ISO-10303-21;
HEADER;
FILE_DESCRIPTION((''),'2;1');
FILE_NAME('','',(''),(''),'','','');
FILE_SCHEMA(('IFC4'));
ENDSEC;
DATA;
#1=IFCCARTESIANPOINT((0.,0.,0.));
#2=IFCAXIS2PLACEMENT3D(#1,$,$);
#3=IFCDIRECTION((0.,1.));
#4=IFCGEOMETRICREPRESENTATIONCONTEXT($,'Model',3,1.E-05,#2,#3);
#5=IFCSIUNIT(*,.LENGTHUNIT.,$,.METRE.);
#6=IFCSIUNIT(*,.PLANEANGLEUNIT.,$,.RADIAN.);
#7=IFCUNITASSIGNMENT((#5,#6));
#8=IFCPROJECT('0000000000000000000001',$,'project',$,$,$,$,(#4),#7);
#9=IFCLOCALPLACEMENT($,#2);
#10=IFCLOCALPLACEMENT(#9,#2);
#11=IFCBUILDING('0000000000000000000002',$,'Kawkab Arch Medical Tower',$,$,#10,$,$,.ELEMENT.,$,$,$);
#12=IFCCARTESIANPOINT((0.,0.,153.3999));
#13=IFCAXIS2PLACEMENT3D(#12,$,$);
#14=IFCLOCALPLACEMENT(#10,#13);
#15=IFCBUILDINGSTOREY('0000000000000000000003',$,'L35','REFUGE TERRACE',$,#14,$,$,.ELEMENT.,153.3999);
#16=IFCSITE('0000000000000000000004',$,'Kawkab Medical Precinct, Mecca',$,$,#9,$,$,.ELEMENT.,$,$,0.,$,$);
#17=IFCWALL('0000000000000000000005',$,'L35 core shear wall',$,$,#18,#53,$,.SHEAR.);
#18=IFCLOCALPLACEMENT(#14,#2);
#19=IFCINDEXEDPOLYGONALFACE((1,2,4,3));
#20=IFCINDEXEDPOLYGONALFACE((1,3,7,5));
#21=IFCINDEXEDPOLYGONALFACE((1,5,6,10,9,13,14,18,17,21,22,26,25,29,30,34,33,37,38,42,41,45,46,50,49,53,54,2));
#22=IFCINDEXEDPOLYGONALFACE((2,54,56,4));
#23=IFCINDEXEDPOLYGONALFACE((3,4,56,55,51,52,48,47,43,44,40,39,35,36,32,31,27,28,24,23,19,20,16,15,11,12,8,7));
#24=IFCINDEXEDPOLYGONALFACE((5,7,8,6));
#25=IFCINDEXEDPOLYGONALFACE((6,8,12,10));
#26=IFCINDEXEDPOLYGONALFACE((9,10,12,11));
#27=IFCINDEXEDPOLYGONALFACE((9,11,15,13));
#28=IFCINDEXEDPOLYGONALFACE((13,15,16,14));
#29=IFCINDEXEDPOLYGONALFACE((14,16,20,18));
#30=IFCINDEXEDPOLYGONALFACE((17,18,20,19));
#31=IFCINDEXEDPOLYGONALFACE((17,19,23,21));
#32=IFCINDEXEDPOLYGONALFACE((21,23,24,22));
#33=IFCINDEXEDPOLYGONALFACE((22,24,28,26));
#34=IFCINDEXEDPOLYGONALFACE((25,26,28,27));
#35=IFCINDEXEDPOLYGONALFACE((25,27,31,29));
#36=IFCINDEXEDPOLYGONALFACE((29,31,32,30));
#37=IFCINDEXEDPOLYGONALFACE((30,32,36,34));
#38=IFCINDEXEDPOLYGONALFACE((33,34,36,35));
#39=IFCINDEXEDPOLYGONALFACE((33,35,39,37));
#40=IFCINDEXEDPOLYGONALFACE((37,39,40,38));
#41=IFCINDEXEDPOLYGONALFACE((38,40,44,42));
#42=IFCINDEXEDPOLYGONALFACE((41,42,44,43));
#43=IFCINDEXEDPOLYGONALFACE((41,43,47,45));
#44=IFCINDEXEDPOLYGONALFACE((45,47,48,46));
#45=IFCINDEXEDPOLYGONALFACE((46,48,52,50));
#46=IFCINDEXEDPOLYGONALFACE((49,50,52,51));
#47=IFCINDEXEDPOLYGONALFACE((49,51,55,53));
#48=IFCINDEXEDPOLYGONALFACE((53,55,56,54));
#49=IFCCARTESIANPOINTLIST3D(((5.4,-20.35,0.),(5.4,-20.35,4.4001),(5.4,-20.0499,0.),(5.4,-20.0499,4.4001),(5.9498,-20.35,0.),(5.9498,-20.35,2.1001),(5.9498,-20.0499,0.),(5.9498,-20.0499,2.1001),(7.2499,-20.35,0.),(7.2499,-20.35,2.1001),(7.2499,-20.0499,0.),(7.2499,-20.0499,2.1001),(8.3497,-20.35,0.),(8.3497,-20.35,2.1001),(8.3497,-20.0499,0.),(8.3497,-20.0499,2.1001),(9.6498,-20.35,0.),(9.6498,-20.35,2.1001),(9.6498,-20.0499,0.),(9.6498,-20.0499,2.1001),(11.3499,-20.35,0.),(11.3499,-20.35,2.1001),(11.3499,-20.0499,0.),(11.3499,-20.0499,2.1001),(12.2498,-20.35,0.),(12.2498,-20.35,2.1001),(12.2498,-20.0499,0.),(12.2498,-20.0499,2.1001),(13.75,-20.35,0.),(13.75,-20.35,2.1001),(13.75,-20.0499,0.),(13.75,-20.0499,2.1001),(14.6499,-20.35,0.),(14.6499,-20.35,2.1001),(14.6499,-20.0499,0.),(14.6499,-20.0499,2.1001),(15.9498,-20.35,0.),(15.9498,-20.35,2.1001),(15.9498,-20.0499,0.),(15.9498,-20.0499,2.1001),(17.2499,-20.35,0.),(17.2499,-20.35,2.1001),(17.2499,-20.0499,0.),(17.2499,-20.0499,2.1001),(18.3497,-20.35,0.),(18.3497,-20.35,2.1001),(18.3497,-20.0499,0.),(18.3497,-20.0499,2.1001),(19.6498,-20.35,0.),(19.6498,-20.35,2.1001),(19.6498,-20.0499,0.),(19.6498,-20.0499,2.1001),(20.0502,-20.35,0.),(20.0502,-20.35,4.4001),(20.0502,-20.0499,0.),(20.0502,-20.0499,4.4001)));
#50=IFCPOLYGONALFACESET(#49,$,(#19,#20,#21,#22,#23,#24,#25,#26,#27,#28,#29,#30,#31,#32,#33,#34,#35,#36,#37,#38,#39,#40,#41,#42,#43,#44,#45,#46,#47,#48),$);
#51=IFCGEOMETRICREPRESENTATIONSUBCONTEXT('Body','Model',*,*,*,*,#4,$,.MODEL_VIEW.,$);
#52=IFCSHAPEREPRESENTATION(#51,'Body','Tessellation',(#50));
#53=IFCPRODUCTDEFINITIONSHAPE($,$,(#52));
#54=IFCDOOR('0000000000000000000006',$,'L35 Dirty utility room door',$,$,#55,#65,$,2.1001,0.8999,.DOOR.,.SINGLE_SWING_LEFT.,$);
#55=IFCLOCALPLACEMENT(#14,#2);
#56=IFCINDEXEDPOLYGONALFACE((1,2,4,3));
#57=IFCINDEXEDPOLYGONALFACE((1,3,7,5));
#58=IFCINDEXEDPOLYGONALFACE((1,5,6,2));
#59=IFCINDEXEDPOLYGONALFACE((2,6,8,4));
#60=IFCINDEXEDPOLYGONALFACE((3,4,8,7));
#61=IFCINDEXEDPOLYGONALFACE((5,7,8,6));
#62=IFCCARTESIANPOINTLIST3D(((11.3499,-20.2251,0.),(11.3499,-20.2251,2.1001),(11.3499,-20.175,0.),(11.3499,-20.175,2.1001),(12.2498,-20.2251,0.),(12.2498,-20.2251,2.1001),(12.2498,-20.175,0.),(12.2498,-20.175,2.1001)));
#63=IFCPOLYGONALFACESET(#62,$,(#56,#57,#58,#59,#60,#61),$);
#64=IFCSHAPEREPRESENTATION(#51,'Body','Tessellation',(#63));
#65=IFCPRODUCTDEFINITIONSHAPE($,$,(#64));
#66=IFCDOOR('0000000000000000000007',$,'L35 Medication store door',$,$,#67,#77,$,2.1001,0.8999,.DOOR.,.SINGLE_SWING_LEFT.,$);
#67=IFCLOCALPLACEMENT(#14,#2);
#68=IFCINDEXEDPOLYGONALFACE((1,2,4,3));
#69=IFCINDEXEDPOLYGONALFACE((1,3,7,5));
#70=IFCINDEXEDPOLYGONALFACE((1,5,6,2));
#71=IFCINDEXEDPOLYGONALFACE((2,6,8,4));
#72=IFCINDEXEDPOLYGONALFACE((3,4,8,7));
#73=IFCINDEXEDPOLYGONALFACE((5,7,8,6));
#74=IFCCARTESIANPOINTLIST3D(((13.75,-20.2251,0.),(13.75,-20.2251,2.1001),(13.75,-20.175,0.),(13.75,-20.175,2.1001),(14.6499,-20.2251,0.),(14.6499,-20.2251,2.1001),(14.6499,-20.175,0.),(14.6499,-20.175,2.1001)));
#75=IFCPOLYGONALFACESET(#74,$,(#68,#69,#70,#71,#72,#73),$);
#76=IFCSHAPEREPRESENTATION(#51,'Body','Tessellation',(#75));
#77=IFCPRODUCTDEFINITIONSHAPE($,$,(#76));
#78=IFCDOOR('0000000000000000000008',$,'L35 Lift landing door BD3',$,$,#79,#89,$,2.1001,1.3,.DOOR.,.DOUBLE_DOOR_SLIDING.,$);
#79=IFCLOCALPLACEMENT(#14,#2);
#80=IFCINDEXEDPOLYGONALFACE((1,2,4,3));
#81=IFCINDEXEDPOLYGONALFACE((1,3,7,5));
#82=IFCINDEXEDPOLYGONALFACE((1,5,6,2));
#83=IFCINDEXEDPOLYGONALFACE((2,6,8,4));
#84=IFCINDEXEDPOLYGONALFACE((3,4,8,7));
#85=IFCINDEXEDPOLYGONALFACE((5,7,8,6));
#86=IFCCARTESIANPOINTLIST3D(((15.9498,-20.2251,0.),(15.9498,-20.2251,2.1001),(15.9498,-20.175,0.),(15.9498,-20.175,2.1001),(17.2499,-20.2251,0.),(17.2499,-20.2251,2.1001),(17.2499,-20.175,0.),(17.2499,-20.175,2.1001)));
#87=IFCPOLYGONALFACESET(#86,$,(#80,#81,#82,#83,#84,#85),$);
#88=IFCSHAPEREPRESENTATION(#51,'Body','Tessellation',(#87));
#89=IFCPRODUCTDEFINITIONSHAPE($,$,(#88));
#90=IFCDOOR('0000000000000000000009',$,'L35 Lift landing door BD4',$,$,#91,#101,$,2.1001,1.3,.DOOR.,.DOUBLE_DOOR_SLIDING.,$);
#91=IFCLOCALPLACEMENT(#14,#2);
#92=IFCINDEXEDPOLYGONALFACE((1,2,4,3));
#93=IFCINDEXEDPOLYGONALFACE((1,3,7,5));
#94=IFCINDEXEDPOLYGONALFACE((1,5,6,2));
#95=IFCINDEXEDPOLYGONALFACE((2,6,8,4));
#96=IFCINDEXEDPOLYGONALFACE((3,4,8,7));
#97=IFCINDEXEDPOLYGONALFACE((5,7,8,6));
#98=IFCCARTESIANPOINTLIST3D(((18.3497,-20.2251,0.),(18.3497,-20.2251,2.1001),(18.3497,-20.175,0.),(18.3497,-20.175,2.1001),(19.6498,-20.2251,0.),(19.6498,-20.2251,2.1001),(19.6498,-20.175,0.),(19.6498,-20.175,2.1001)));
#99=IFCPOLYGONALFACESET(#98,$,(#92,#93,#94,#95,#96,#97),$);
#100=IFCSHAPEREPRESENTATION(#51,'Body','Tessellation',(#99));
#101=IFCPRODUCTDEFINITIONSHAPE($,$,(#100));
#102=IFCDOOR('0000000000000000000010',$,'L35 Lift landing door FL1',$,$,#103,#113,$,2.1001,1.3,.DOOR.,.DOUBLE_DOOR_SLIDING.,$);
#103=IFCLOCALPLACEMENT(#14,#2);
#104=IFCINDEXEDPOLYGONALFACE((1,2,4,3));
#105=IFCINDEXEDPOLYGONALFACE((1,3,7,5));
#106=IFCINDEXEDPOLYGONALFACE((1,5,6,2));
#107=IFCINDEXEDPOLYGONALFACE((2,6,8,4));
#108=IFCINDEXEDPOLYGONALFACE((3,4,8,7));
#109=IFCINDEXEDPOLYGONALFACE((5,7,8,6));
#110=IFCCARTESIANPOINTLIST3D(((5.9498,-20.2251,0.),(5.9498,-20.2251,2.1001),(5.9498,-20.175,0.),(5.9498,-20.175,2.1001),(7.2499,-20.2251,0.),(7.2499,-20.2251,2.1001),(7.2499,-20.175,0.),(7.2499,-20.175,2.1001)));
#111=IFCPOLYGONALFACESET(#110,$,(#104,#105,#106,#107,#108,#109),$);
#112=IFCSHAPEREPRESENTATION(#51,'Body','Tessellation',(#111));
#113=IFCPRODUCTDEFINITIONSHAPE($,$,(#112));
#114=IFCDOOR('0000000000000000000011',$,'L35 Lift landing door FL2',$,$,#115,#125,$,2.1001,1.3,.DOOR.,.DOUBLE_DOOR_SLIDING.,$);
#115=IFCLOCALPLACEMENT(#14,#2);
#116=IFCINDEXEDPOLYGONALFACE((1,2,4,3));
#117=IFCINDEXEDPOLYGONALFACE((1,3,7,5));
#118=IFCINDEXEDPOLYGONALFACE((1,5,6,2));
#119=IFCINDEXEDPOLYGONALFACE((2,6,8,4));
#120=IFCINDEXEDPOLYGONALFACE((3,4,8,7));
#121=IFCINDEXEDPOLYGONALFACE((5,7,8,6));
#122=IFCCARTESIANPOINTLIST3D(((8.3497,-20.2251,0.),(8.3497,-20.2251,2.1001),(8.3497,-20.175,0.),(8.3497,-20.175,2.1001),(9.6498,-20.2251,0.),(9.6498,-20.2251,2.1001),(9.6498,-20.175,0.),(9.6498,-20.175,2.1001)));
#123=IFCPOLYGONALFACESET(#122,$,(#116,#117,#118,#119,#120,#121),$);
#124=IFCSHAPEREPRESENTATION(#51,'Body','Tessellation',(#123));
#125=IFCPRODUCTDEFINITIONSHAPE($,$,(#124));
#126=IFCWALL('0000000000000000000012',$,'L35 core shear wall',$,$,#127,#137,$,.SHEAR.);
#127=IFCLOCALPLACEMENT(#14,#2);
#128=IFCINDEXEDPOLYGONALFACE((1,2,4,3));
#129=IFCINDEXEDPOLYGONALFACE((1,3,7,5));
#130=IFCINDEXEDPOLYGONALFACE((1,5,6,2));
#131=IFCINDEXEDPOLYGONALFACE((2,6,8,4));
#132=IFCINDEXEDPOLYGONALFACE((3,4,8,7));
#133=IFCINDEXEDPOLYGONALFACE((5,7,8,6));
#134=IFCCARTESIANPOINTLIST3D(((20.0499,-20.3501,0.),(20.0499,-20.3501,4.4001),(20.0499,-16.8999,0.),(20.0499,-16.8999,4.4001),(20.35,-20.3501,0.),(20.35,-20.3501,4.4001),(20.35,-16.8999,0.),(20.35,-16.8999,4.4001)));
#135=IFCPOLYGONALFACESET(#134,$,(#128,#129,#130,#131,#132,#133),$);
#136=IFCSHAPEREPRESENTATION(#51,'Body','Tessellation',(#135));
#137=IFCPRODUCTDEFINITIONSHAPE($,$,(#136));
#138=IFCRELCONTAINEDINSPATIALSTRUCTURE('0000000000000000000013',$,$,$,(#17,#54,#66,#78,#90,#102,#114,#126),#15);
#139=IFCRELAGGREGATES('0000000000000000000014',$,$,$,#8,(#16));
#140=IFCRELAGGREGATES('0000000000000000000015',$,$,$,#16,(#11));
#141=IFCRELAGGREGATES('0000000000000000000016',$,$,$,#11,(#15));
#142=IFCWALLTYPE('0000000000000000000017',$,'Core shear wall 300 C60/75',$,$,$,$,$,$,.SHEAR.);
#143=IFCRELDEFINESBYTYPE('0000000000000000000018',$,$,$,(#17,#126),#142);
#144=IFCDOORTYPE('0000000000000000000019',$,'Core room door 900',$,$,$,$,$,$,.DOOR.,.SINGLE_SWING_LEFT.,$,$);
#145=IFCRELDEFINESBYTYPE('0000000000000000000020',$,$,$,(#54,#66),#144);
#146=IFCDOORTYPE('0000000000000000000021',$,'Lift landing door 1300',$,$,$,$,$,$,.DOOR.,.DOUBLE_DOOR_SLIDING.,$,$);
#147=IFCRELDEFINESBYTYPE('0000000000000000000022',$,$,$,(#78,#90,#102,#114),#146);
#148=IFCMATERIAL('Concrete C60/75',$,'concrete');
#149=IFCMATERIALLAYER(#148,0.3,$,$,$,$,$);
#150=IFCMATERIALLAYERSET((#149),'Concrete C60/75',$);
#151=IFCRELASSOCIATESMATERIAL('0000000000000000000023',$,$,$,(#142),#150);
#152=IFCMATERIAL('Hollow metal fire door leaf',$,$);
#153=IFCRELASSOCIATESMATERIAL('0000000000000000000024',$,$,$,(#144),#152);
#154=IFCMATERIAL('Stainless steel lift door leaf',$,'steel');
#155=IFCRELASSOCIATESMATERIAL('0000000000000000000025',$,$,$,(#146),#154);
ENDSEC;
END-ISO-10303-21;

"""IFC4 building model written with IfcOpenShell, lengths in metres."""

from ifc_helpers import new_model, si_unit, direction, frame, frame_2d, origin, place, context, subcontext, project, spatial, rectangle, extrude, material, layer, layer_set, type_object, element, fill, save


model = new_model("IFC4")

# Units and contexts
model_context = context("Model", 3, precision=1e-05, world=origin(), true_north=direction((0.0, 1.0)))
body_context = subcontext(model_context, "Body", "Model", "MODEL_VIEW")
ifc_project = project(units=[si_unit("LENGTHUNIT", "METRE"), si_unit("PLANEANGLEUNIT", "RADIAN")], contexts=[model_context])

# Site, building, storey
site_placement = place(None, origin())
site = spatial("IfcSite", under=ifc_project, at=site_placement, Name="Kawkab Medical Precinct, Mecca", CompositionType="ELEMENT", RefElevation=0.0)
building_placement = place(site_placement, origin())
building = spatial("IfcBuilding", under=site, at=building_placement, Name="Kawkab Arch Medical Tower", CompositionType="ELEMENT")
storey_placement = place(building_placement, frame((0.0, 0.0, 153.3999)))
storey = spatial("IfcBuildingStorey", under=building, at=storey_placement, Name="L35", Description="REFUGE TERRACE", CompositionType="ELEMENT", Elevation=153.3999)

# Shared definitions
ifc_material_1 = material(Name="Concrete C60/75", Category="concrete")
ifc_layer_1 = layer(ifc_material_1, 0.3)
ifc_layer_set_1 = layer_set([ifc_layer_1], Name="Concrete C60/75")
wall_type_1 = type_object("IfcWallType", Name="Core shear wall 300 C60/75", PredefinedType="SHEAR", material=ifc_layer_set_1)

# Wall, openings, doors
wall_1_placement = place(storey_placement, frame((5.3999, -20.2, 0.0), z_axis=(0.0, 0.0, 1.0), x_axis=(1.0, 0.0, 0.0)))
wall_1 = element("IfcWall", 1, at=wall_1_placement, inside=storey, type_object=wall_type_1, Name="L35 core shear wall", PredefinedType="SHEAR", context=body_context, shape_type="SweptSolid", body=[
    extrude(rectangle(XDim=14.6501, YDim=0.3, at=frame_2d((7.3252, 0.0))), origin(), (0.0, 0.0, 1.0), 4.4001),
])
opening_1_placement = place(wall_1_placement, frame((10.55, 0.0, 0.0)))
opening_1 = element("IfcOpeningElement", 2, at=opening_1_placement, cuts=wall_1, PredefinedType="OPENING", context=body_context, shape_type="SweptSolid", body=[
    extrude(rectangle(XDim=1.3, YDim=2.1001, at=frame_2d((0.6499, 1.05))), frame((0.0, 0.1599, 0.0), z_axis=(0.0, -1.0, 0.0), x_axis=(1.0, 0.0, 0.0)), (0.0, 0.0, 1.0), 0.3201),
])
opening_2_placement = place(wall_1_placement, frame((12.95, 0.0, 0.0)))
opening_2 = element("IfcOpeningElement", 3, at=opening_2_placement, cuts=wall_1, PredefinedType="OPENING", context=body_context, shape_type="SweptSolid", body=[
    extrude(rectangle(XDim=1.3, YDim=2.1001, at=frame_2d((0.6499, 1.05))), frame((0.0, 0.1599, 0.0), z_axis=(0.0, -1.0, 0.0), x_axis=(1.0, 0.0, 0.0)), (0.0, 0.0, 1.0), 0.3201),
])
opening_3_placement = place(wall_1_placement, frame((0.55, 0.0, 0.0)))
opening_3 = element("IfcOpeningElement", 4, at=opening_3_placement, cuts=wall_1, PredefinedType="OPENING", context=body_context, shape_type="SweptSolid", body=[
    extrude(rectangle(XDim=1.3, YDim=2.1001, at=frame_2d((0.6499, 1.05))), frame((0.0, 0.1599, 0.0), z_axis=(0.0, -1.0, 0.0), x_axis=(1.0, 0.0, 0.0)), (0.0, 0.0, 1.0), 0.3201),
])
opening_4_placement = place(wall_1_placement, frame((2.95, 0.0, 0.0)))
opening_4 = element("IfcOpeningElement", 5, at=opening_4_placement, cuts=wall_1, PredefinedType="OPENING", context=body_context, shape_type="SweptSolid", body=[
    extrude(rectangle(XDim=1.3, YDim=2.1001, at=frame_2d((0.6499, 1.05))), frame((0.0, 0.1599, 0.0), z_axis=(0.0, -1.0, 0.0), x_axis=(1.0, 0.0, 0.0)), (0.0, 0.0, 1.0), 0.3201),
])
opening_5_placement = place(wall_1_placement, frame((5.95, 0.0, 0.0)))
opening_5 = element("IfcOpeningElement", 6, at=opening_5_placement, cuts=wall_1, PredefinedType="OPENING", context=body_context, shape_type="SweptSolid", body=[
    extrude(rectangle(XDim=0.8999, YDim=2.1001, at=frame_2d((0.45, 1.05))), frame((0.0, 0.1599, 0.0), z_axis=(0.0, -1.0, 0.0), x_axis=(1.0, 0.0, 0.0)), (0.0, 0.0, 1.0), 0.3201),
])
opening_6_placement = place(wall_1_placement, frame((8.3501, 0.0, 0.0)))
opening_6 = element("IfcOpeningElement", 7, at=opening_6_placement, cuts=wall_1, PredefinedType="OPENING", context=body_context, shape_type="SweptSolid", body=[
    extrude(rectangle(XDim=0.8999, YDim=2.1001, at=frame_2d((0.45, 1.05))), frame((0.0, 0.1599, 0.0), z_axis=(0.0, -1.0, 0.0), x_axis=(1.0, 0.0, 0.0)), (0.0, 0.0, 1.0), 0.3201),
])
ifc_material_2 = material(Name="Hollow metal fire door leaf")
door_type_1 = type_object("IfcDoorType", Name="Core room door 900", OperationType="SINGLE_SWING_LEFT", PredefinedType="DOOR", material=ifc_material_2)
door_1_placement = place(opening_5_placement, origin())
door_1 = element("IfcDoor", 8, at=door_1_placement, inside=storey, type_object=door_type_1, Name="L35 Dirty utility room door", OperationType="SINGLE_SWING_LEFT", OverallHeight=2.1001, OverallWidth=0.8999, PredefinedType="DOOR", context=body_context, shape_type="SweptSolid", body=[
    extrude(rectangle(XDim=0.8999, YDim=2.1001, at=frame_2d((0.45, 1.05))), frame((0.0, 0.0249, 0.0), z_axis=(0.0, -1.0, 0.0), x_axis=(1.0, 0.0, 0.0)), (0.0, 0.0, 1.0), 0.05),
])
fill(opening_5, door_1)
door_2_placement = place(opening_6_placement, origin())
door_2 = element("IfcDoor", 9, at=door_2_placement, inside=storey, type_object=door_type_1, Name="L35 Medication store door", OperationType="SINGLE_SWING_LEFT", OverallHeight=2.1001, OverallWidth=0.8999, PredefinedType="DOOR", context=body_context, shape_type="SweptSolid", body=[
    extrude(rectangle(XDim=0.8999, YDim=2.1001, at=frame_2d((0.45, 1.05))), frame((0.0, 0.0249, 0.0), z_axis=(0.0, -1.0, 0.0), x_axis=(1.0, 0.0, 0.0)), (0.0, 0.0, 1.0), 0.05),
])
fill(opening_6, door_2)
ifc_material_3 = material(Name="Stainless steel lift door leaf", Category="steel")
door_type_2 = type_object("IfcDoorType", Name="Lift landing door 1300", OperationType="DOUBLE_DOOR_SLIDING", PredefinedType="DOOR", material=ifc_material_3)
door_3_placement = place(opening_1_placement, origin())
door_3 = element("IfcDoor", 10, at=door_3_placement, inside=storey, type_object=door_type_2, Name="L35 Lift landing door BD3", OperationType="DOUBLE_DOOR_SLIDING", OverallHeight=2.1001, OverallWidth=1.3, PredefinedType="DOOR", context=body_context, shape_type="SweptSolid", body=[
    extrude(rectangle(XDim=1.3, YDim=2.1001, at=frame_2d((0.6499, 1.05))), frame((0.0, 0.0249, 0.0), z_axis=(0.0, -1.0, 0.0), x_axis=(1.0, 0.0, 0.0)), (0.0, 0.0, 1.0), 0.05),
])
fill(opening_1, door_3)
door_4_placement = place(opening_2_placement, origin())
door_4 = element("IfcDoor", 11, at=door_4_placement, inside=storey, type_object=door_type_2, Name="L35 Lift landing door BD4", OperationType="DOUBLE_DOOR_SLIDING", OverallHeight=2.1001, OverallWidth=1.3, PredefinedType="DOOR", context=body_context, shape_type="SweptSolid", body=[
    extrude(rectangle(XDim=1.3, YDim=2.1001, at=frame_2d((0.6499, 1.05))), frame((0.0, 0.0249, 0.0), z_axis=(0.0, -1.0, 0.0), x_axis=(1.0, 0.0, 0.0)), (0.0, 0.0, 1.0), 0.05),
])
fill(opening_2, door_4)
door_5_placement = place(opening_3_placement, origin())
door_5 = element("IfcDoor", 12, at=door_5_placement, inside=storey, type_object=door_type_2, Name="L35 Lift landing door FL1", OperationType="DOUBLE_DOOR_SLIDING", OverallHeight=2.1001, OverallWidth=1.3, PredefinedType="DOOR", context=body_context, shape_type="SweptSolid", body=[
    extrude(rectangle(XDim=1.3, YDim=2.1001, at=frame_2d((0.6499, 1.05))), frame((0.0, 0.0249, 0.0), z_axis=(0.0, -1.0, 0.0), x_axis=(1.0, 0.0, 0.0)), (0.0, 0.0, 1.0), 0.05),
])
fill(opening_3, door_5)
door_6_placement = place(opening_4_placement, origin())
door_6 = element("IfcDoor", 13, at=door_6_placement, inside=storey, type_object=door_type_2, Name="L35 Lift landing door FL2", OperationType="DOUBLE_DOOR_SLIDING", OverallHeight=2.1001, OverallWidth=1.3, PredefinedType="DOOR", context=body_context, shape_type="SweptSolid", body=[
    extrude(rectangle(XDim=1.3, YDim=2.1001, at=frame_2d((0.6499, 1.05))), frame((0.0, 0.0249, 0.0), z_axis=(0.0, -1.0, 0.0), x_axis=(1.0, 0.0, 0.0)), (0.0, 0.0, 1.0), 0.05),
])
fill(opening_4, door_6)

# Wall
wall_2_placement = place(storey_placement, frame((20.2, -20.3501, 0.0), z_axis=(0.0, 0.0, 1.0), x_axis=(0.0, 1.0, 0.0)))
element("IfcWall", 14, at=wall_2_placement, inside=storey, type_object=wall_type_1, Name="L35 core shear wall", PredefinedType="SHEAR", context=body_context, shape_type="SweptSolid", body=[
    extrude(rectangle(XDim=3.4502, YDim=0.3, at=frame_2d((1.7251, 0.0))), origin(), (0.0, 0.0, 1.0), 4.4001),
])

save(model, "model.ifc")
